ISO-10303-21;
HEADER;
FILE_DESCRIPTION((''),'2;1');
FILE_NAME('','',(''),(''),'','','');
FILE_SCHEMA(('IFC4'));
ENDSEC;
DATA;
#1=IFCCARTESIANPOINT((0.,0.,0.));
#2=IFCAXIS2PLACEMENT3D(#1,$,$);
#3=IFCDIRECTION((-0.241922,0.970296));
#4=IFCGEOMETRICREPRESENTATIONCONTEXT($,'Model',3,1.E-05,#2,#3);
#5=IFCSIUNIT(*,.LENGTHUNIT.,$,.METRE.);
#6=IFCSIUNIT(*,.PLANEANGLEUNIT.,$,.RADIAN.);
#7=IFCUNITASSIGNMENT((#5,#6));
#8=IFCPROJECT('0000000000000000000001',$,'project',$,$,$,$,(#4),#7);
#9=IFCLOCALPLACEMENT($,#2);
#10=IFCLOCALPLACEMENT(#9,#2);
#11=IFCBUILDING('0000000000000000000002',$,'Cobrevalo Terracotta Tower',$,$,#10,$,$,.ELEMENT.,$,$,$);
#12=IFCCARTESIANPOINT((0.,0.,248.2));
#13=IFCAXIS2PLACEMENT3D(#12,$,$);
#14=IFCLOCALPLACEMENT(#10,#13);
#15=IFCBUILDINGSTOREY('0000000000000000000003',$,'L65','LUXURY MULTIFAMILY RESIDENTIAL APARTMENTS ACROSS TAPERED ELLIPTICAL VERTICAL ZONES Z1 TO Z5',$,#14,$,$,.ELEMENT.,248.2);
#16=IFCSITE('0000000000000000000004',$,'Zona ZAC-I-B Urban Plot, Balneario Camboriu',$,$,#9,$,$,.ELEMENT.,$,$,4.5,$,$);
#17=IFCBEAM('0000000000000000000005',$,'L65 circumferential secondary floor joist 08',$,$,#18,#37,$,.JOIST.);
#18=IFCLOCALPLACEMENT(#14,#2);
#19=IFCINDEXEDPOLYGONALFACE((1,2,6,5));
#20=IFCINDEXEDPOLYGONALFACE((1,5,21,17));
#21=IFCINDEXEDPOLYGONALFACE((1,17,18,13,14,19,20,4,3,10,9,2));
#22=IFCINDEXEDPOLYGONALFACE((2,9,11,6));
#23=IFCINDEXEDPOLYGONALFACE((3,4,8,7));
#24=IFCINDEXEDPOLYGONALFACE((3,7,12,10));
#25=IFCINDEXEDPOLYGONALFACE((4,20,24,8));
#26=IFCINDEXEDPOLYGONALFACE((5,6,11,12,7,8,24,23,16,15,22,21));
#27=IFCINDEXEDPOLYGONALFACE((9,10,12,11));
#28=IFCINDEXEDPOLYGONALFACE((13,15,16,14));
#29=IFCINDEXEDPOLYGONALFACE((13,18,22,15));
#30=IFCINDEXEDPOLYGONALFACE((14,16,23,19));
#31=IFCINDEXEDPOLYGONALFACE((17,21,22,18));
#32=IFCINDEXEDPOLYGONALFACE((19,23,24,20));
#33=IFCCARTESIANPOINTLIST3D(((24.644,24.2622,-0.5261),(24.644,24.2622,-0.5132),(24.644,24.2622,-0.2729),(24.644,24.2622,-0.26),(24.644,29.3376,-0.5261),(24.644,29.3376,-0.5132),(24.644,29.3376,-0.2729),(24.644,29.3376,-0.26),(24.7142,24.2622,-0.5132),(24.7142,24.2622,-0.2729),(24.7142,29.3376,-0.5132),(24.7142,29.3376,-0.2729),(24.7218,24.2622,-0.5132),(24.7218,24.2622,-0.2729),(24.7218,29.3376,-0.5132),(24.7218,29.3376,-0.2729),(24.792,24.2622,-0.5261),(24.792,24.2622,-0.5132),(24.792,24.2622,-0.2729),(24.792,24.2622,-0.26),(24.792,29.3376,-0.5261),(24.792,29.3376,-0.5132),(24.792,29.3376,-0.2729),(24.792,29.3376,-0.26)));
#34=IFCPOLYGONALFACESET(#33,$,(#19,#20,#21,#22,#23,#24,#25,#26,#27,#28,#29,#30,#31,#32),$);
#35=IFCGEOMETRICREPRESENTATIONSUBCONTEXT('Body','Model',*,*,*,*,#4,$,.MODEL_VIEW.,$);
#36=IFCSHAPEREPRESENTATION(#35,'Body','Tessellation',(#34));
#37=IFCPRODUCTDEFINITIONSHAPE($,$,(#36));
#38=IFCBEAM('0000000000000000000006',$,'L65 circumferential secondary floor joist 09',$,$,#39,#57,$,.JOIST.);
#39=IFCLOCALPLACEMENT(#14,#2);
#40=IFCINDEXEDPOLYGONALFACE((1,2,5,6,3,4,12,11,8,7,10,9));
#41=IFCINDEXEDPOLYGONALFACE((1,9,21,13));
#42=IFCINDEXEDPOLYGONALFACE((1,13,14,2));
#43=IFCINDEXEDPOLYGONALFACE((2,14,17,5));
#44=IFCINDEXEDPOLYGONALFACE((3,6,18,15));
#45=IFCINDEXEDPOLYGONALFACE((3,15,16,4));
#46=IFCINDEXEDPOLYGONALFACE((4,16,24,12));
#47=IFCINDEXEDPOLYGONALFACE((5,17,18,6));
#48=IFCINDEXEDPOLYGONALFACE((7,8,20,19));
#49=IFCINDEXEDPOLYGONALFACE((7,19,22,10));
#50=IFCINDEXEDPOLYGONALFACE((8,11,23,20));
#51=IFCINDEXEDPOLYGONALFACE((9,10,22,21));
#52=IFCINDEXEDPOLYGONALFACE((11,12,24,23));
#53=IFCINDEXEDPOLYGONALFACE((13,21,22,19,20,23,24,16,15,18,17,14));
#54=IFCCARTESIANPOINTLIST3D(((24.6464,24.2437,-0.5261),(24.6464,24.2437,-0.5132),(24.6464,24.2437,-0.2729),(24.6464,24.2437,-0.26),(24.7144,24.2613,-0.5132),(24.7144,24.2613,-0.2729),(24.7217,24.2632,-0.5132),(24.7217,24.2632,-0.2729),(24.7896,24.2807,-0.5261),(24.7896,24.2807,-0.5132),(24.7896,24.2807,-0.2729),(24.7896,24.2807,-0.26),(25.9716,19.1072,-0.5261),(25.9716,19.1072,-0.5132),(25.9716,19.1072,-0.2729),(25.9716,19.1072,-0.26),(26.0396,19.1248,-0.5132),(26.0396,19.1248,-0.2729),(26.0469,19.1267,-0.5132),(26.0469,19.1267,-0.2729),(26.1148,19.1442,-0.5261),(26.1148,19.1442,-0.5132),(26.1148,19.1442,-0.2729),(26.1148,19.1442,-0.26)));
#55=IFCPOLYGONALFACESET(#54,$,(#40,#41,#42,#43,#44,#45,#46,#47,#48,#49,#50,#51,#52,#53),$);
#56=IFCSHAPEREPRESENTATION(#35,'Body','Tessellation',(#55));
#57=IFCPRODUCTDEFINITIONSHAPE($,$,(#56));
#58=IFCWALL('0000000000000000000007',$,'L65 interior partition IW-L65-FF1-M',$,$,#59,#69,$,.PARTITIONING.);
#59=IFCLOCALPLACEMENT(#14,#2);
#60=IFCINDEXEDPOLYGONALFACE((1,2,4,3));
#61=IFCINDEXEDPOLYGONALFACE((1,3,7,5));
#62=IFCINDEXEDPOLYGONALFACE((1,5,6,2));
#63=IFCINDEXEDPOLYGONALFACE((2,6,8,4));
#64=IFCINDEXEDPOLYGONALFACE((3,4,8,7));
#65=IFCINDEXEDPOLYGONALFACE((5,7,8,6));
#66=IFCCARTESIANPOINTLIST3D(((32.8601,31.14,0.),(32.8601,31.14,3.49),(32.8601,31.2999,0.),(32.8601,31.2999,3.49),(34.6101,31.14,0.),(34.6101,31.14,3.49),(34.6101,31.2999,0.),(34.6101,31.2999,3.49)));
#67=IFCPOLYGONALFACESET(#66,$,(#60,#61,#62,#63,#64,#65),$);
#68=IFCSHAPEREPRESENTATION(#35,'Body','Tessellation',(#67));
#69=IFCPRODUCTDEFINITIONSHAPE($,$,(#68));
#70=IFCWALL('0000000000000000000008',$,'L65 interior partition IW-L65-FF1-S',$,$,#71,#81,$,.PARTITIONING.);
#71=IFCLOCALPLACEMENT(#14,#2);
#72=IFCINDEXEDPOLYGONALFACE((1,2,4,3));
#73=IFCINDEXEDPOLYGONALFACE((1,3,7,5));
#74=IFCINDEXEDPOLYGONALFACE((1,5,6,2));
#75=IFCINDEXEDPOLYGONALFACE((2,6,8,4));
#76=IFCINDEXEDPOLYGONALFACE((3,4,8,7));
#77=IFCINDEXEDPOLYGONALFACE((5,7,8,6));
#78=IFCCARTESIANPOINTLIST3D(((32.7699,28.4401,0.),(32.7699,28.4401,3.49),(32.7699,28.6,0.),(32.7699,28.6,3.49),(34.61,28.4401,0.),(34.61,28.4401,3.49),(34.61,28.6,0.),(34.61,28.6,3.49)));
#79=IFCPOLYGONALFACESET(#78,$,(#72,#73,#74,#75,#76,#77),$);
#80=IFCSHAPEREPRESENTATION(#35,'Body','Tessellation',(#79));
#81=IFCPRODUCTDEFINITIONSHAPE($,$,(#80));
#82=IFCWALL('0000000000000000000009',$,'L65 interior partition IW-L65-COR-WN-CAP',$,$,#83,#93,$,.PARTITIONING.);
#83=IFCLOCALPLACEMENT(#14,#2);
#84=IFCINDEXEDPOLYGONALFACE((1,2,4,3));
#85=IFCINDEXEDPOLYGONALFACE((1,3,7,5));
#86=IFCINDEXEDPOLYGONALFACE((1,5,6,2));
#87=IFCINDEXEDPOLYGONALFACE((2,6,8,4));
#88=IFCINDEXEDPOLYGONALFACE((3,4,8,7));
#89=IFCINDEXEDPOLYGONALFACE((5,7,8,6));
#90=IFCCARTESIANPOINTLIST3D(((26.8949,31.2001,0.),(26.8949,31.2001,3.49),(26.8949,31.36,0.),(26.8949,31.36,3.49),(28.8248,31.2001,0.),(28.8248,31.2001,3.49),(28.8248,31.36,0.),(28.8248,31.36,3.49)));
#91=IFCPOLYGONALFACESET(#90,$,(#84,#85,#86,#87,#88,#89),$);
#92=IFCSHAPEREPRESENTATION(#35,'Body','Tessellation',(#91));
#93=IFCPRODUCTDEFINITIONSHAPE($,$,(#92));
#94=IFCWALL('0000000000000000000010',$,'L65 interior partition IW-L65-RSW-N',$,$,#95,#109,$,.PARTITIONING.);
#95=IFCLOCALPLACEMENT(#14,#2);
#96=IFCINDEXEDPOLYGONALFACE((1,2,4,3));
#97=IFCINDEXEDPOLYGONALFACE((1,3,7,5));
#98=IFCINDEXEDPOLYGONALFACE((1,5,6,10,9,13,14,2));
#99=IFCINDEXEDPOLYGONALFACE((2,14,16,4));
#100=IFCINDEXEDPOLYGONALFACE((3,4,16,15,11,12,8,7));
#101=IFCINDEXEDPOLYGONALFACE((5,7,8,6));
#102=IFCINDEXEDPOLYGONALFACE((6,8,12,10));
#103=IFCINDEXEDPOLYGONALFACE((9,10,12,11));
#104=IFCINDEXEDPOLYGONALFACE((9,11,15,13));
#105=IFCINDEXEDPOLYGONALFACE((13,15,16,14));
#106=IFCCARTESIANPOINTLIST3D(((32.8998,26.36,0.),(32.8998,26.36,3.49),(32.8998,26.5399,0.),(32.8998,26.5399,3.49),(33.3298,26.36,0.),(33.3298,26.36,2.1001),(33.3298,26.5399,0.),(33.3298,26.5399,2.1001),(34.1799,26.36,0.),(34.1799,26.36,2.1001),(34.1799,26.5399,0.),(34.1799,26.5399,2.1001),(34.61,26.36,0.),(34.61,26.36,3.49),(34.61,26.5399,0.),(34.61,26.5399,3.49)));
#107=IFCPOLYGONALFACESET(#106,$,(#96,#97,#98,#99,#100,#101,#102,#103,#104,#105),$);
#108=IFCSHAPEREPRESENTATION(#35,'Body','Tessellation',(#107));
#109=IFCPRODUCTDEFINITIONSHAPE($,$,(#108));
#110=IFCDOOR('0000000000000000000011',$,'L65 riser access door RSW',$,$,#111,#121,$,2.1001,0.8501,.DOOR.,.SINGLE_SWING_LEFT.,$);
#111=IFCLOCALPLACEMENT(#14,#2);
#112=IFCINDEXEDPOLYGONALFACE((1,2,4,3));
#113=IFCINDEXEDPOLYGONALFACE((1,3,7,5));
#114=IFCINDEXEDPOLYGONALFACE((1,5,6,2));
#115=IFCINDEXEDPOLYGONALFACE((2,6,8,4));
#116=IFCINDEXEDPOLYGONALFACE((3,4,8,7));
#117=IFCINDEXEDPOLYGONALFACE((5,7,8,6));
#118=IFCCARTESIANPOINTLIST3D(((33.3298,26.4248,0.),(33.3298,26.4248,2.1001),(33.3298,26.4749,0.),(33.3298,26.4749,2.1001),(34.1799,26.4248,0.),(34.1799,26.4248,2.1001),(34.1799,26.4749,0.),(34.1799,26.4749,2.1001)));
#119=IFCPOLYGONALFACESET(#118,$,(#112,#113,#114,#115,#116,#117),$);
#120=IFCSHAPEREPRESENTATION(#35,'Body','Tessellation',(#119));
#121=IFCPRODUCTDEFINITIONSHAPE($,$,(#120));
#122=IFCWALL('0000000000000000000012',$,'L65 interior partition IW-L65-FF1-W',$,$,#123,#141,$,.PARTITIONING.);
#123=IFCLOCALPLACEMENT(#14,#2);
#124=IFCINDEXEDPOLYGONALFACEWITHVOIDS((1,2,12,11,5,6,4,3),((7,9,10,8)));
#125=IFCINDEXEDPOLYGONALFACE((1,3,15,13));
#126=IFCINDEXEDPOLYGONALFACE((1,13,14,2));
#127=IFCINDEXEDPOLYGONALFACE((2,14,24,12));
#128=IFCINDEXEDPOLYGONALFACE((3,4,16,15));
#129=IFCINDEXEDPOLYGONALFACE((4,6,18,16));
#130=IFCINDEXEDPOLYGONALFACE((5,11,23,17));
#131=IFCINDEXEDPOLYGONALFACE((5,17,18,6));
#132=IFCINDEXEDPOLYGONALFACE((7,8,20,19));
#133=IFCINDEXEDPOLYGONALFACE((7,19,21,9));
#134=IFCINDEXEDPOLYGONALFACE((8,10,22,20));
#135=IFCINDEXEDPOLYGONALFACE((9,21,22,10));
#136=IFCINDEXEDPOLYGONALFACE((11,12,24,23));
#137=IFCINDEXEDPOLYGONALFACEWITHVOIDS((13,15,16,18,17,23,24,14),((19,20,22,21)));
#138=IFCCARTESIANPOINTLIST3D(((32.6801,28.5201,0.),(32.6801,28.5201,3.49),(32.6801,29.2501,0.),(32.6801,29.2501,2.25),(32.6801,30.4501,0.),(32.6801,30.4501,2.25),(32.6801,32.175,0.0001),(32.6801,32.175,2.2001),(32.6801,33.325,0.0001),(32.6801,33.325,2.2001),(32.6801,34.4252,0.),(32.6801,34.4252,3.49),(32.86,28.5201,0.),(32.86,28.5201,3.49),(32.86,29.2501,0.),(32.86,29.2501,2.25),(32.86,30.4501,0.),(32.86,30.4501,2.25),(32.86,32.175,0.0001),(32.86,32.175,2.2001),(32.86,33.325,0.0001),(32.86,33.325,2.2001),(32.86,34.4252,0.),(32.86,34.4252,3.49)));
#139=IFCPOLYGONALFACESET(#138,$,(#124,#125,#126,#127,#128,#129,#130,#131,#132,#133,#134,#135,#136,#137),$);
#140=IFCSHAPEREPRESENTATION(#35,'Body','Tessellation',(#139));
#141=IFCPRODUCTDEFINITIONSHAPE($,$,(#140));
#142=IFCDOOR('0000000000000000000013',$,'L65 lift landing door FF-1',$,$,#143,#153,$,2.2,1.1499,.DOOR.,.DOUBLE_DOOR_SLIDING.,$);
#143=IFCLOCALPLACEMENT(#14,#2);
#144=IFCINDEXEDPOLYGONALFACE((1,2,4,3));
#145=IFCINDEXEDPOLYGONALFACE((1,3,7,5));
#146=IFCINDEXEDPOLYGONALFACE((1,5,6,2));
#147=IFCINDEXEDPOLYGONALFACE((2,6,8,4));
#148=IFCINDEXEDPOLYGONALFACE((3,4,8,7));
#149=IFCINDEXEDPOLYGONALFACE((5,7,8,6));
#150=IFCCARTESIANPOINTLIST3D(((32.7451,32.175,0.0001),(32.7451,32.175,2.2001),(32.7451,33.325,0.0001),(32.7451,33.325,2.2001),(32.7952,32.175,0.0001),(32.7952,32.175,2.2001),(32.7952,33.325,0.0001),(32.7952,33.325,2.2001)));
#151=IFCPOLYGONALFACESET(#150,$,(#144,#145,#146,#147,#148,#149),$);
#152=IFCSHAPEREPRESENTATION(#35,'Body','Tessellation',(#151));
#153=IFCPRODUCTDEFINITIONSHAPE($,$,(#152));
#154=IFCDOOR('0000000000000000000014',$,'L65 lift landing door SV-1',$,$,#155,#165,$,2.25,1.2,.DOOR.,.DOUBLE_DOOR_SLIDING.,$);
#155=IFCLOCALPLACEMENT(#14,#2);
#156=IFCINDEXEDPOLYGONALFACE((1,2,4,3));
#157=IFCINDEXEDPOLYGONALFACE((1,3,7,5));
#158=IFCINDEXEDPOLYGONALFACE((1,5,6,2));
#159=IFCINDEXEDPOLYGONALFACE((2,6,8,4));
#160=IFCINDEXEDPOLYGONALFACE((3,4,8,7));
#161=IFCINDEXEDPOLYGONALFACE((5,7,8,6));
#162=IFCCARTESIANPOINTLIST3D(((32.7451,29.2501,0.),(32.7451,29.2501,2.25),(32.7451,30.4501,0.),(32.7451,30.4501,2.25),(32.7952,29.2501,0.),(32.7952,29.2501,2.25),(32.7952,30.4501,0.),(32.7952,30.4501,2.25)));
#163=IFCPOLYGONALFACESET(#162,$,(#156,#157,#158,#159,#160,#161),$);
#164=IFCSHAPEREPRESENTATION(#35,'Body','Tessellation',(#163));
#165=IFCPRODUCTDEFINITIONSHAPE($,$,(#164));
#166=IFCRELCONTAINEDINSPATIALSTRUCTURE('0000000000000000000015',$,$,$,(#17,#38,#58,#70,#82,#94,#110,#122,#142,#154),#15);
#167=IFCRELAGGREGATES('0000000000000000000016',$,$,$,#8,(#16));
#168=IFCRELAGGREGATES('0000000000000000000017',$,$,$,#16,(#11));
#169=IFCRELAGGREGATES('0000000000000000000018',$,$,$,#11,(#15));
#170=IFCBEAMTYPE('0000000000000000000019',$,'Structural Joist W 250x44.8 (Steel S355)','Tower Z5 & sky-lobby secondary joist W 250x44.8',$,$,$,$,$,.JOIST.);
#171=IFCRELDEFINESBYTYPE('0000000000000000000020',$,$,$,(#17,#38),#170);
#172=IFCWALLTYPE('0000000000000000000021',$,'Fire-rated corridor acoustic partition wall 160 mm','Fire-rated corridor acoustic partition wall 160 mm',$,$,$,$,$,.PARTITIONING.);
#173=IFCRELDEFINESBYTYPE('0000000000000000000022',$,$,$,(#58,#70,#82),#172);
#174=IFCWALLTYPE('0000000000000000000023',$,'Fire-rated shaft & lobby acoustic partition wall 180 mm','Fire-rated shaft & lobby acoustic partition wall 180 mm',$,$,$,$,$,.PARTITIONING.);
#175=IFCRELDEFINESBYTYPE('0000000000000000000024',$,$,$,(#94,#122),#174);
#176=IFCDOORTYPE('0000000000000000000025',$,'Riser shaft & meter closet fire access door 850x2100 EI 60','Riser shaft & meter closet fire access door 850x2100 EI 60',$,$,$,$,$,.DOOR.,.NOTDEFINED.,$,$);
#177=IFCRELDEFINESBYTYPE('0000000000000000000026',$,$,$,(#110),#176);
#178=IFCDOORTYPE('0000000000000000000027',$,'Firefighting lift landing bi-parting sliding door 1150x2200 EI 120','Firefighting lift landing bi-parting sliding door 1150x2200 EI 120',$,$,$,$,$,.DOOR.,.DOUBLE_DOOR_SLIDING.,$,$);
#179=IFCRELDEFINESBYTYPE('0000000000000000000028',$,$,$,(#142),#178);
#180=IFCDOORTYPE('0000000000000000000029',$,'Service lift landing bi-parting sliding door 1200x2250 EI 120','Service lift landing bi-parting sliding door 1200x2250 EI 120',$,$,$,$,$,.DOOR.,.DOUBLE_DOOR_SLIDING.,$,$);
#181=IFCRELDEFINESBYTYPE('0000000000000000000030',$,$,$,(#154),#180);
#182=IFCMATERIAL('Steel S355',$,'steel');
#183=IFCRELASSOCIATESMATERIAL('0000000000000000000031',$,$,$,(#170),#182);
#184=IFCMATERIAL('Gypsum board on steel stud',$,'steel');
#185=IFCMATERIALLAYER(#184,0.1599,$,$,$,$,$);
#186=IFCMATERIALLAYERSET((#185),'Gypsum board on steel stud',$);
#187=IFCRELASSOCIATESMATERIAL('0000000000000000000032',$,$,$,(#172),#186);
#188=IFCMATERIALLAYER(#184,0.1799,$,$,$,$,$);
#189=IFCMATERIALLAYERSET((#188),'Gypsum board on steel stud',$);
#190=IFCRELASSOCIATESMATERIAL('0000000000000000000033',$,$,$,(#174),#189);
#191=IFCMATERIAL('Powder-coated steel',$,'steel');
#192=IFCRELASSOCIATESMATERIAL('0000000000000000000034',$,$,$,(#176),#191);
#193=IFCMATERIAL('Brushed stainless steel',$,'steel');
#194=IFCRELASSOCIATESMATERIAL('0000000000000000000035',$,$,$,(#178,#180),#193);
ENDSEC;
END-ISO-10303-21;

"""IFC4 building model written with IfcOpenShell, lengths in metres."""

from ifc_helpers import new_model, si_unit, direction, frame, frame_2d, origin, origin_2d, place, context, subcontext, project, spatial, rectangle, i_section, extrude, source, transform, mapped, material, layer, layer_set, material_profile, profile_set, type_object, element, fill, save


model = new_model("IFC4")

# Units and contexts
model_context = context("Model", 3, precision=1e-05, world=origin(), true_north=direction((-0.241922, 0.970296)))
body_context = subcontext(model_context, "Body", "Model", "MODEL_VIEW")
ifc_project = project(units=[si_unit("LENGTHUNIT", "METRE"), si_unit("PLANEANGLEUNIT", "RADIAN")], contexts=[model_context])

# Site, building, storey
site_placement = place(None, origin())
site = spatial("IfcSite", under=ifc_project, at=site_placement, Name="Zona ZAC-I-B Urban Plot, Balneario Camboriu", CompositionType="ELEMENT", RefElevation=4.5)
building_placement = place(site_placement, origin())
building = spatial("IfcBuilding", under=site, at=building_placement, Name="Cobrevalo Terracotta Tower", CompositionType="ELEMENT")
storey_placement = place(building_placement, frame((0.0, 0.0, 248.2)))
storey = spatial("IfcBuildingStorey", under=building, at=storey_placement, Name="L65", Description="LUXURY MULTIFAMILY RESIDENTIAL APARTMENTS ACROSS TAPERED ELLIPTICAL VERTICAL ZONES Z1 TO Z5", CompositionType="ELEMENT", Elevation=248.2)

# Beams
ifc_material_1 = material(Name="Steel S355", Category="steel")
ifc_material_profile = material_profile(ifc_material_1, i_section(OverallWidth=0.1479, OverallDepth=0.2661, WebThickness=0.0076, FlangeThickness=0.0129, at=origin_2d()), Name="W 250x44.8")
ifc_profile_set = profile_set([ifc_material_profile], Name="Steel S355")
beam_type = type_object("IfcBeamType", Name="Structural Joist W 250x44.8 (Steel S355)", Description="Tower Z5 & sky-lobby secondary joist W 250x44.8", PredefinedType="JOIST", material=ifc_profile_set)
beam_1_placement = place(storey_placement, frame((24.718, 29.3376, -0.3931), z_axis=(0.0, -1.0, 0.0), x_axis=(1.0, 0.0, 0.0)))
element("IfcBeam", 1, at=beam_1_placement, inside=storey, type_object=beam_type, Name="L65 circumferential secondary floor joist 08", PredefinedType="JOIST", context=body_context, shape_type="SweptSolid", body=[
    extrude(i_section(OverallWidth=0.1479, OverallDepth=0.2661, WebThickness=0.0076, FlangeThickness=0.0129, at=origin_2d()), origin(), (0.0, 0.0, 1.0), 5.0754),
])
beam_2_placement = place(storey_placement, frame((24.718, 24.2622, -0.3931), z_axis=(0.249817, -0.968293, 0.0), x_axis=(0.968293, 0.249817, 0.0)))
element("IfcBeam", 2, at=beam_2_placement, inside=storey, type_object=beam_type, Name="L65 circumferential secondary floor joist 09", PredefinedType="JOIST", context=body_context, shape_type="SweptSolid", body=[
    extrude(i_section(OverallWidth=0.1479, OverallDepth=0.2661, WebThickness=0.0076, FlangeThickness=0.0129, at=origin_2d()), origin(), (0.0, 0.0, 1.0), 5.3047),
])

# Walls
ifc_material_2 = material(Name="Gypsum board on steel stud", Category="steel")
ifc_layer_1 = layer(ifc_material_2, 0.1599)
ifc_layer_set_1 = layer_set([ifc_layer_1], Name="Gypsum board on steel stud")
wall_type_1 = type_object("IfcWallType", Name="Fire-rated corridor acoustic partition wall 160 mm", Description="Fire-rated corridor acoustic partition wall 160 mm", PredefinedType="PARTITIONING", material=ifc_layer_set_1)
wall_1_placement = place(storey_placement, frame((32.8601, 31.22, 0.0), z_axis=(0.0, 0.0, 1.0), x_axis=(1.0, 0.0, 0.0)))
element("IfcWall", 3, at=wall_1_placement, inside=storey, type_object=wall_type_1, Name="L65 interior partition IW-L65-FF1-M", PredefinedType="PARTITIONING", context=body_context, shape_type="SweptSolid", body=[
    extrude(rectangle(XDim=1.75, YDim=0.1599, at=frame_2d((0.875, 0.0))), origin(), (0.0, 0.0, 1.0), 3.49),
])
wall_2_placement = place(storey_placement, frame((32.77, 28.52, 0.0), z_axis=(0.0, 0.0, 1.0), x_axis=(1.0, 0.0, 0.0)))
element("IfcWall", 4, at=wall_2_placement, inside=storey, type_object=wall_type_1, Name="L65 interior partition IW-L65-FF1-S", PredefinedType="PARTITIONING", context=body_context, shape_type="SweptSolid", body=[
    extrude(rectangle(XDim=1.8401, YDim=0.1599, at=frame_2d((0.9199, 0.0))), origin(), (0.0, 0.0, 1.0), 3.49),
])
wall_3_placement = place(storey_placement, frame((26.895, 31.28, 0.0), z_axis=(0.0, 0.0, 1.0), x_axis=(1.0, 0.0, 0.0)))
element("IfcWall", 5, at=wall_3_placement, inside=storey, type_object=wall_type_1, Name="L65 interior partition IW-L65-COR-WN-CAP", PredefinedType="PARTITIONING", context=body_context, shape_type="SweptSolid", body=[
    extrude(rectangle(XDim=1.9299, YDim=0.1599, at=frame_2d((0.9648, 0.0))), origin(), (0.0, 0.0, 1.0), 3.49),
])

# Wall, opening, door
ifc_layer_2 = layer(ifc_material_2, 0.1799)
ifc_layer_set_2 = layer_set([ifc_layer_2], Name="Gypsum board on steel stud")
wall_type_2 = type_object("IfcWallType", Name="Fire-rated shaft & lobby acoustic partition wall 180 mm", Description="Fire-rated shaft & lobby acoustic partition wall 180 mm", PredefinedType="PARTITIONING", material=ifc_layer_set_2)
wall_4_placement = place(storey_placement, frame((32.8999, 26.45, 0.0), z_axis=(0.0, 0.0, 1.0), x_axis=(1.0, 0.0, 0.0)))
wall_4 = element("IfcWall", 6, at=wall_4_placement, inside=storey, type_object=wall_type_2, Name="L65 interior partition IW-L65-RSW-N", PredefinedType="PARTITIONING", context=body_context, shape_type="SweptSolid", body=[
    extrude(rectangle(XDim=1.7102, YDim=0.1799, at=frame_2d((0.855, 0.0))), origin(), (0.0, 0.0, 1.0), 3.49),
])
opening_1_placement = place(wall_4_placement, frame((0.4299, 0.0, 0.0)))
opening_1 = element("IfcOpeningElement", 7, at=opening_1_placement, cuts=wall_4, PredefinedType="OPENING", context=body_context, shape_type="SweptSolid", body=[
    extrude(rectangle(XDim=0.8501, YDim=2.1001, at=frame_2d((0.425, 1.05))), frame((0.0, 0.1001, 0.0), z_axis=(0.0, -1.0, 0.0), x_axis=(1.0, 0.0, 0.0)), (0.0, 0.0, 1.0), 0.2),
])
ifc_material_3 = material(Name="Powder-coated steel", Category="steel")
door_type_1 = type_object("IfcDoorType", Name="Riser shaft & meter closet fire access door 850x2100 EI 60", Description="Riser shaft & meter closet fire access door 850x2100 EI 60", OperationType="NOTDEFINED", PredefinedType="DOOR", material=ifc_material_3)
shared_shape_1 = source(origin(), body_context, "Body", "SweptSolid", [
    extrude(rectangle(XDim=0.8501, YDim=2.1001, at=frame_2d((0.425, 1.05))), frame((0.0, 0.0249, 0.0), z_axis=(0.0, -1.0, 0.0), x_axis=(1.0, 0.0, 0.0)), (0.0, 0.0, 1.0), 0.05),
])
door_1_placement = place(opening_1_placement, origin())
door_1 = element("IfcDoor", 8, at=door_1_placement, inside=storey, type_object=door_type_1, Name="L65 riser access door RSW", OperationType="SINGLE_SWING_LEFT", OverallHeight=2.1001, OverallWidth=0.8501, PredefinedType="DOOR", context=body_context, shape_type="MappedRepresentation", body=[
    mapped(shared_shape_1, transform((0.0, 0.0, 0.0), scale=1.0)),
])
fill(opening_1, door_1)

# Wall, openings, doors
wall_5_placement = place(storey_placement, frame((32.77, 28.52, 0.0), z_axis=(0.0, 0.0, 1.0), x_axis=(0.0, 1.0, 0.0)))
wall_5 = element("IfcWall", 9, at=wall_5_placement, inside=storey, type_object=wall_type_2, Name="L65 interior partition IW-L65-FF1-W", PredefinedType="PARTITIONING", context=body_context, shape_type="SweptSolid", body=[
    extrude(rectangle(XDim=5.905, YDim=0.1799, at=frame_2d((2.9526, 0.0))), origin(), (0.0, 0.0, 1.0), 3.49),
])
opening_2_placement = place(wall_5_placement, frame((3.655, 0.0, 0.0)))
opening_2 = element("IfcOpeningElement", 10, at=opening_2_placement, cuts=wall_5, PredefinedType="OPENING", context=body_context, shape_type="SweptSolid", body=[
    extrude(rectangle(XDim=1.1499, YDim=2.2, at=frame_2d((0.575, 1.1001))), frame((0.0, 0.1001, 0.0), z_axis=(0.0, -1.0, 0.0), x_axis=(1.0, 0.0, 0.0)), (0.0, 0.0, 1.0), 0.2),
])
opening_3_placement = place(wall_5_placement, frame((0.73, 0.0, 0.0)))
opening_3 = element("IfcOpeningElement", 11, at=opening_3_placement, cuts=wall_5, PredefinedType="OPENING", context=body_context, shape_type="SweptSolid", body=[
    extrude(rectangle(XDim=1.2, YDim=2.25, at=frame_2d((0.6001, 1.125))), frame((0.0, 0.1001, 0.0), z_axis=(0.0, -1.0, 0.0), x_axis=(1.0, 0.0, 0.0)), (0.0, 0.0, 1.0), 0.2),
])
ifc_material_4 = material(Name="Brushed stainless steel", Category="steel")
door_type_2 = type_object("IfcDoorType", Name="Firefighting lift landing bi-parting sliding door 1150x2200 EI 120", Description="Firefighting lift landing bi-parting sliding door 1150x2200 EI 120", OperationType="DOUBLE_DOOR_SLIDING", PredefinedType="DOOR", material=ifc_material_4)
shared_shape_2 = source(origin(), body_context, "Body", "SweptSolid", [
    extrude(rectangle(XDim=1.1499, YDim=2.2, at=frame_2d((0.575, 1.1001))), frame((0.0, 0.0249, 0.0), z_axis=(0.0, -1.0, 0.0), x_axis=(1.0, 0.0, 0.0)), (0.0, 0.0, 1.0), 0.05),
])
door_2_placement = place(opening_2_placement, origin())
door_2 = element("IfcDoor", 12, at=door_2_placement, inside=storey, type_object=door_type_2, Name="L65 lift landing door FF-1", OperationType="DOUBLE_DOOR_SLIDING", OverallHeight=2.2, OverallWidth=1.1499, PredefinedType="DOOR", context=body_context, shape_type="MappedRepresentation", body=[
    mapped(shared_shape_2, transform((0.0, 0.0, 0.0), scale=1.0)),
])
fill(opening_2, door_2)
door_type_3 = type_object("IfcDoorType", Name="Service lift landing bi-parting sliding door 1200x2250 EI 120", Description="Service lift landing bi-parting sliding door 1200x2250 EI 120", OperationType="DOUBLE_DOOR_SLIDING", PredefinedType="DOOR", material=ifc_material_4)
shared_shape_3 = source(origin(), body_context, "Body", "SweptSolid", [
    extrude(rectangle(XDim=1.2, YDim=2.25, at=frame_2d((0.6001, 1.125))), frame((0.0, 0.0249, 0.0), z_axis=(0.0, -1.0, 0.0), x_axis=(1.0, 0.0, 0.0)), (0.0, 0.0, 1.0), 0.05),
])
door_3_placement = place(opening_3_placement, origin())
door_3 = element("IfcDoor", 13, at=door_3_placement, inside=storey, type_object=door_type_3, Name="L65 lift landing door SV-1", OperationType="DOUBLE_DOOR_SLIDING", OverallHeight=2.25, OverallWidth=1.2, PredefinedType="DOOR", context=body_context, shape_type="MappedRepresentation", body=[
    mapped(shared_shape_3, transform((0.0, 0.0, 0.0), scale=1.0)),
])
fill(opening_3, door_3)

save(model, "model.ifc")
